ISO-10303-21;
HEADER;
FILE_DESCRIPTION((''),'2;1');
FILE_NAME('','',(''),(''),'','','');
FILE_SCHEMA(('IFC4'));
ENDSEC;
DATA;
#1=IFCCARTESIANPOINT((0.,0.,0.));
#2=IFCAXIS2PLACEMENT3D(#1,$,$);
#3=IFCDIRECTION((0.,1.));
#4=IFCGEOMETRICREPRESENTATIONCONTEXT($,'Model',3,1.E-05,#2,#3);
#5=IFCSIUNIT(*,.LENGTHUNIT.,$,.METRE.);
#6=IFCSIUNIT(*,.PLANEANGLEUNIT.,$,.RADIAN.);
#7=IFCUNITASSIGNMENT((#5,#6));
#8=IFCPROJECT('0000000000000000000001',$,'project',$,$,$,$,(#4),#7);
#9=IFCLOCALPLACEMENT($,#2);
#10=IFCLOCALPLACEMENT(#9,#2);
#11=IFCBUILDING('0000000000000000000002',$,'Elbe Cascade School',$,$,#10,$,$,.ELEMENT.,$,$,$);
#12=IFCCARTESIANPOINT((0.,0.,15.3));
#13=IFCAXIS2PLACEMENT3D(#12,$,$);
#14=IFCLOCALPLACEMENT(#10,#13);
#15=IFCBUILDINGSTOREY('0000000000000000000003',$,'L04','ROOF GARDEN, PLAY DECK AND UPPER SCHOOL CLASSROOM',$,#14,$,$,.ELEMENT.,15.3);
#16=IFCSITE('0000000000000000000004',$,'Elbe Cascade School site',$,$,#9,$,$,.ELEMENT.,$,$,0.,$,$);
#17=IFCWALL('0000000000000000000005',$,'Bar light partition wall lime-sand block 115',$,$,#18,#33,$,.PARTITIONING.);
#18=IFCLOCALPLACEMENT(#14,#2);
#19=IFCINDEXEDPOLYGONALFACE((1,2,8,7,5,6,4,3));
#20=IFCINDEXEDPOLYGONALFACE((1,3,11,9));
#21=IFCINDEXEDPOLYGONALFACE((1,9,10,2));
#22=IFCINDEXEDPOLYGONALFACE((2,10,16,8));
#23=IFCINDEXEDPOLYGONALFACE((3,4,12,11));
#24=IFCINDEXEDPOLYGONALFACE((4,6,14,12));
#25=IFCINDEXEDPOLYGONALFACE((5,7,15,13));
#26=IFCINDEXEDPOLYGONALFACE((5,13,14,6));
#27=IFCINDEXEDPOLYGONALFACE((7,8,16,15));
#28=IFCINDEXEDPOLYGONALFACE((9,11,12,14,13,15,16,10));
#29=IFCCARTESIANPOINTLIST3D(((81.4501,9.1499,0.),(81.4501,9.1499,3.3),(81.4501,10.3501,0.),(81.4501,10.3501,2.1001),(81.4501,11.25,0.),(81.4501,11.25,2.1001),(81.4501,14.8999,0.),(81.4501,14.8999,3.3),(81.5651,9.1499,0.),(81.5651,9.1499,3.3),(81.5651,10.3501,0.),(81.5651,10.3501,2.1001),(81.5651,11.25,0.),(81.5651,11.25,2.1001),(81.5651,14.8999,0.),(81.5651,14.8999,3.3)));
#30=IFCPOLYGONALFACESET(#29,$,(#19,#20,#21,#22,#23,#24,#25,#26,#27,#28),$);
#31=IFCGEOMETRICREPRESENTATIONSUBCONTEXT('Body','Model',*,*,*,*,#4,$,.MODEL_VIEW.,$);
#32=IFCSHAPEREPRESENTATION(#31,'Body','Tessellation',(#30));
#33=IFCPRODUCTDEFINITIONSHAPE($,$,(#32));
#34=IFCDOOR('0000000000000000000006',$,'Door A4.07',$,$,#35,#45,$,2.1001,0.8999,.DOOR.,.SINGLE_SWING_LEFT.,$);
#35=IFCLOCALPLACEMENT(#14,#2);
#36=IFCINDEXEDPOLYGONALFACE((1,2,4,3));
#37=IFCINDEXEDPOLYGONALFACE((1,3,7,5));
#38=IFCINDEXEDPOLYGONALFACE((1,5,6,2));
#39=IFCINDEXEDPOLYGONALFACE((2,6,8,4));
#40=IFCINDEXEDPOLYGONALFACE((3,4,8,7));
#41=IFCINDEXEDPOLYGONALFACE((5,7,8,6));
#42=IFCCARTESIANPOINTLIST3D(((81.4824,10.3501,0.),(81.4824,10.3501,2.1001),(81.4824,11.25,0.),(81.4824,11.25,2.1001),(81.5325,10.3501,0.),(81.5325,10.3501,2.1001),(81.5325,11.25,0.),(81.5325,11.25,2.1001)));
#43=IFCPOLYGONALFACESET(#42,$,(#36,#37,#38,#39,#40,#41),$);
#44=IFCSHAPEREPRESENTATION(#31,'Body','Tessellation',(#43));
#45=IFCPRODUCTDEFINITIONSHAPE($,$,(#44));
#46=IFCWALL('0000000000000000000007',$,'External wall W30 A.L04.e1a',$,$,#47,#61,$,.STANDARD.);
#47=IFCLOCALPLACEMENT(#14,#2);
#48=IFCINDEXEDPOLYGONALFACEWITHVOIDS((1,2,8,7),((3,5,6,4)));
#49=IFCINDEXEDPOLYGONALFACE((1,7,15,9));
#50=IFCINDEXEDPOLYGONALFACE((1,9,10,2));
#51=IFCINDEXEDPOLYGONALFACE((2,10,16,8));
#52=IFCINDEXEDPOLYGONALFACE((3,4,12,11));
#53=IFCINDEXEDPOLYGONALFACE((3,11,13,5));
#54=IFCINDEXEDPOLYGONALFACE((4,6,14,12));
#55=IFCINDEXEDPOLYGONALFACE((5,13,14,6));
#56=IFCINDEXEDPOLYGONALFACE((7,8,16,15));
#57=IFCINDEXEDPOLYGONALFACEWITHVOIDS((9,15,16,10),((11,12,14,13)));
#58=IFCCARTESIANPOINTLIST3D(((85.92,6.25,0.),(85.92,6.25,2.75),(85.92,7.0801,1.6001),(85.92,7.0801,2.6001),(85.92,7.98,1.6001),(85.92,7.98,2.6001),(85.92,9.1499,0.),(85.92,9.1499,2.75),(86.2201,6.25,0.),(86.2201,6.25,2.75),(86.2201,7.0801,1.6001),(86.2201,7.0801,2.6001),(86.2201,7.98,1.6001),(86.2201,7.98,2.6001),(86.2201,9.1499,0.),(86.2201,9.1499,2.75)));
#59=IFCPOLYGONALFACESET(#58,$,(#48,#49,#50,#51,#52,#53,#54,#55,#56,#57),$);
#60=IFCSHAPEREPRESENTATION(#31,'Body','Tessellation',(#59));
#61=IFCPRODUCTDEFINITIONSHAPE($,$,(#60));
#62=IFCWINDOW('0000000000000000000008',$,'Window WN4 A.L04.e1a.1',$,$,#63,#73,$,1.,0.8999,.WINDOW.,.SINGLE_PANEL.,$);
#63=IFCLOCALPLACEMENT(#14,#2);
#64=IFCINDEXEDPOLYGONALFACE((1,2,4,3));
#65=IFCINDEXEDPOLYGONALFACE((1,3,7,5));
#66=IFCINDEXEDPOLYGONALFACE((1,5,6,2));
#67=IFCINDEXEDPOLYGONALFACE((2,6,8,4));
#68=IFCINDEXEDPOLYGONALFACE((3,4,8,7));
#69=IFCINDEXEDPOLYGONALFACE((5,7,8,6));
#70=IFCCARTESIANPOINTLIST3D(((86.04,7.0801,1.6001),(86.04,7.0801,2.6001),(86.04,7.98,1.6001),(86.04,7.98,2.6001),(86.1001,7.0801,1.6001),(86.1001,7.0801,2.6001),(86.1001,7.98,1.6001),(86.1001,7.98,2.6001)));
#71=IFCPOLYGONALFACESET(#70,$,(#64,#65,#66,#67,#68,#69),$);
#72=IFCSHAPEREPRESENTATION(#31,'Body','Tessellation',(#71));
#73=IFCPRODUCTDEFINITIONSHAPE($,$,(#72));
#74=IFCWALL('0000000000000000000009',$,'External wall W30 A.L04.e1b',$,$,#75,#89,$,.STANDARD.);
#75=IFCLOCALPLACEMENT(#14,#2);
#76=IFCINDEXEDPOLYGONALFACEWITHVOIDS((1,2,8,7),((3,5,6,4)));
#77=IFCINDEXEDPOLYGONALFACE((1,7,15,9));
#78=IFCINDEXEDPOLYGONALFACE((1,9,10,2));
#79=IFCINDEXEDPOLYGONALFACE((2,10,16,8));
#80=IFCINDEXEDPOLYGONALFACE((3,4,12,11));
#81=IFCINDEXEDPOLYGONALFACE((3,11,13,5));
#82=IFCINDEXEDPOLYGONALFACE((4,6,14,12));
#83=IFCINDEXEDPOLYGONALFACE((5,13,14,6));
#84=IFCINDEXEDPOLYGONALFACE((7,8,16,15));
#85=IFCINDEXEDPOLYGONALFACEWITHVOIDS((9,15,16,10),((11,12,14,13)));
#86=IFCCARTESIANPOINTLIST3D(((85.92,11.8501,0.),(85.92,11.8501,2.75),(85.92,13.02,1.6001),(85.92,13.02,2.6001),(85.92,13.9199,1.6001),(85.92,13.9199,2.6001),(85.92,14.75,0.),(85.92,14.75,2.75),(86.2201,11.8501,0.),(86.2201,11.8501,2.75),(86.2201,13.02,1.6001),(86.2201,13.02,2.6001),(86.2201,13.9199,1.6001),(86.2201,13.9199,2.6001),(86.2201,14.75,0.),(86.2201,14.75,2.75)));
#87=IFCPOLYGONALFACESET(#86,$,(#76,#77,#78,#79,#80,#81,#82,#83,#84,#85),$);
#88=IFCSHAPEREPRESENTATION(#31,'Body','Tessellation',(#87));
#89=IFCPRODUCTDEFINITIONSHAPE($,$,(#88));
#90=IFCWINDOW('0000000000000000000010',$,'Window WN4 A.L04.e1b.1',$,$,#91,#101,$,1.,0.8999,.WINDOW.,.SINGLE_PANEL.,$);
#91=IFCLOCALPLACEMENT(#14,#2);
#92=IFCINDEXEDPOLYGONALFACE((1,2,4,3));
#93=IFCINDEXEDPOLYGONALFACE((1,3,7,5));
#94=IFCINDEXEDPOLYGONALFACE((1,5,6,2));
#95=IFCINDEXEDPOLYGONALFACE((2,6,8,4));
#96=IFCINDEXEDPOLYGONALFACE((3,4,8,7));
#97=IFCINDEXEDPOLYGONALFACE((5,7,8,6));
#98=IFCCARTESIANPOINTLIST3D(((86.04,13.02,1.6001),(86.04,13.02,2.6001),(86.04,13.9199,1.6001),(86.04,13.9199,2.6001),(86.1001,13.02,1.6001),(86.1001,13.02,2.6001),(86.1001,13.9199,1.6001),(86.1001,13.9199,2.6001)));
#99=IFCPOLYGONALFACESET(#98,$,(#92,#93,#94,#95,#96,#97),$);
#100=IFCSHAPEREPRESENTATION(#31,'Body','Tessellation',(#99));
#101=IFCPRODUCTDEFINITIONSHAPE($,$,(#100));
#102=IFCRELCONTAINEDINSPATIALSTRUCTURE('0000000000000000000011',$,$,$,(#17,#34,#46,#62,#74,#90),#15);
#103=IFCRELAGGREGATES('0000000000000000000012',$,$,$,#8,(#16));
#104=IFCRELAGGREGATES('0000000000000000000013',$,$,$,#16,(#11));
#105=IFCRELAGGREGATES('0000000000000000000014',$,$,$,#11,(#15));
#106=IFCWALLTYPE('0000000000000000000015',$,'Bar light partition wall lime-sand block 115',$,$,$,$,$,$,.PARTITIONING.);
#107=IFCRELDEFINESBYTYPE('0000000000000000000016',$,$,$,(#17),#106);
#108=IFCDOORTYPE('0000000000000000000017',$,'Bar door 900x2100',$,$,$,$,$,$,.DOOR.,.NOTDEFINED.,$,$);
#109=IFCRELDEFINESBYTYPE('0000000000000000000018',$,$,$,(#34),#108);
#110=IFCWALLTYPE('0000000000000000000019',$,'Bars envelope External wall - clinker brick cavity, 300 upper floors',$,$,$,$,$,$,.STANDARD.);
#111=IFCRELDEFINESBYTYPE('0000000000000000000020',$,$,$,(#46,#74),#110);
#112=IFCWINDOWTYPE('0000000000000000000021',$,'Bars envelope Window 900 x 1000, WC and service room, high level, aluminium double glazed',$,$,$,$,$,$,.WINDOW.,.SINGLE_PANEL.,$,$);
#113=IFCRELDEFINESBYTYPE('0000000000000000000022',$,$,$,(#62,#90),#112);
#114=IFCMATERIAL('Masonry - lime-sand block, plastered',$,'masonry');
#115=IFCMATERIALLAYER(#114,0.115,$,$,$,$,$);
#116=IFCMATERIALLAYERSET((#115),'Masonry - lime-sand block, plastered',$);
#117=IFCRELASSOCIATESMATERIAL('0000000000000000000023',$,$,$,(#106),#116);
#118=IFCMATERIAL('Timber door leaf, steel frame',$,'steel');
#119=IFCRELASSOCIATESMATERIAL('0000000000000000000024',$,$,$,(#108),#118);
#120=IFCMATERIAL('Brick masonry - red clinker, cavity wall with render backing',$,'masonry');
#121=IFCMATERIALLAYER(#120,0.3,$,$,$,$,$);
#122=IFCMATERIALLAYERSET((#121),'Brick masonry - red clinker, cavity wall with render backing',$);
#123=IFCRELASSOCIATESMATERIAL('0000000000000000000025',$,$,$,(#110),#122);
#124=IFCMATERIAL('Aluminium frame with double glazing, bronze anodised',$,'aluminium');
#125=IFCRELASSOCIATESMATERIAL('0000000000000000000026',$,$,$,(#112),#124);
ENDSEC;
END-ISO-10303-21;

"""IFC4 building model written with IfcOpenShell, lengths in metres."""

from ifc_helpers import new_model, si_unit, direction, frame, frame_2d, origin, place, context, subcontext, project, spatial, rectangle, extrude, material, layer, layer_set, type_object, element, fill, save


model = new_model("IFC4")

# Units and contexts
model_context = context("Model", 3, precision=1e-05, world=origin(), true_north=direction((0.0, 1.0)))
body_context = subcontext(model_context, "Body", "Model", "MODEL_VIEW")
ifc_project = project(units=[si_unit("LENGTHUNIT", "METRE"), si_unit("PLANEANGLEUNIT", "RADIAN")], contexts=[model_context])

# Site, building, storey
site_placement = place(None, origin())
site = spatial("IfcSite", under=ifc_project, at=site_placement, Name="Elbe Cascade School site", CompositionType="ELEMENT", RefElevation=0.0)
building_placement = place(site_placement, origin())
building = spatial("IfcBuilding", under=site, at=building_placement, Name="Elbe Cascade School", CompositionType="ELEMENT")
storey_placement = place(building_placement, frame((0.0, 0.0, 15.3)))
storey = spatial("IfcBuildingStorey", under=building, at=storey_placement, Name="L04", Description="ROOF GARDEN, PLAY DECK AND UPPER SCHOOL CLASSROOM", CompositionType="ELEMENT", Elevation=15.3)

# Wall, opening, door
ifc_material_1 = material(Name="Masonry - lime-sand block, plastered", Category="masonry")
ifc_layer_1 = layer(ifc_material_1, 0.115)
ifc_layer_set_1 = layer_set([ifc_layer_1], Name="Masonry - lime-sand block, plastered")
wall_type_1 = type_object("IfcWallType", Name="Bar light partition wall lime-sand block 115", PredefinedType="PARTITIONING", material=ifc_layer_set_1)
wall_1_placement = place(storey_placement, frame((81.5076, 14.8999, 0.0), z_axis=(0.0, 0.0, 1.0), x_axis=(0.0, -1.0, 0.0)))
wall_1 = element("IfcWall", 1, at=wall_1_placement, inside=storey, type_object=wall_type_1, Name="Bar light partition wall lime-sand block 115", PredefinedType="PARTITIONING", context=body_context, shape_type="SweptSolid", body=[
    extrude(rectangle(XDim=5.75, YDim=0.115, at=frame_2d((2.875, 0.0))), origin(), (0.0, 0.0, 1.0), 3.3),
])
opening_1_placement = place(wall_1_placement, frame((3.6499, 0.0, 0.0)))
opening_1 = element("IfcOpeningElement", 2, at=opening_1_placement, cuts=wall_1, PredefinedType="OPENING", context=body_context, shape_type="SweptSolid", body=[
    extrude(rectangle(XDim=0.8999, YDim=2.1001, at=frame_2d((0.45, 1.05))), frame((0.0, 0.0674, 0.0), z_axis=(0.0, -1.0, 0.0), x_axis=(1.0, 0.0, 0.0)), (0.0, 0.0, 1.0), 0.135),
])
ifc_material_2 = material(Name="Timber door leaf, steel frame", Category="steel")
door_type = type_object("IfcDoorType", Name="Bar door 900x2100", OperationType="NOTDEFINED", PredefinedType="DOOR", material=ifc_material_2)
door_placement = place(opening_1_placement, origin())
door = element("IfcDoor", 3, at=door_placement, inside=storey, type_object=door_type, Name="Door A4.07", OperationType="SINGLE_SWING_LEFT", OverallHeight=2.1001, OverallWidth=0.8999, PredefinedType="DOOR", context=body_context, shape_type="SweptSolid", body=[
    extrude(rectangle(XDim=0.8999, YDim=2.1001, at=frame_2d((0.45, 1.05))), frame((0.0, 0.0249, 0.0), z_axis=(0.0, -1.0, 0.0), x_axis=(1.0, 0.0, 0.0)), (0.0, 0.0, 1.0), 0.05),
])
fill(opening_1, door)

# Walls, openings, windows
ifc_material_3 = material(Name="Brick masonry - red clinker, cavity wall with render backing", Category="masonry")
ifc_layer_2 = layer(ifc_material_3, 0.3)
ifc_layer_set_2 = layer_set([ifc_layer_2], Name="Brick masonry - red clinker, cavity wall with render backing")
wall_type_2 = type_object("IfcWallType", Name="Bars envelope External wall - clinker brick cavity, 300 upper floors", PredefinedType="STANDARD", material=ifc_layer_set_2)
wall_2_placement = place(storey_placement, frame((86.0701, 9.1499, 0.0), z_axis=(0.0, 0.0, 1.0), x_axis=(0.0, -1.0, 0.0)))
wall_2 = element("IfcWall", 4, at=wall_2_placement, inside=storey, type_object=wall_type_2, Name="External wall W30 A.L04.e1a", PredefinedType="STANDARD", context=body_context, shape_type="SweptSolid", body=[
    extrude(rectangle(XDim=2.8999, YDim=0.3, at=frame_2d((1.45, 0.0))), origin(), (0.0, 0.0, 1.0), 2.75),
])
opening_2_placement = place(wall_2_placement, frame((1.1699, 0.0, 1.6001)))
opening_2 = element("IfcOpeningElement", 5, at=opening_2_placement, cuts=wall_2, PredefinedType="OPENING", context=body_context, shape_type="SweptSolid", body=[
    extrude(rectangle(XDim=0.8999, YDim=1.0, at=frame_2d((0.45, 0.5))), frame((0.0, 0.1599, 0.0), z_axis=(0.0, -1.0, 0.0), x_axis=(1.0, 0.0, 0.0)), (0.0, 0.0, 1.0), 0.3201),
])
ifc_material_4 = material(Name="Aluminium frame with double glazing, bronze anodised", Category="aluminium")
window_type = type_object("IfcWindowType", Name="Bars envelope Window 900 x 1000, WC and service room, high level, aluminium double glazed", PartitioningType="SINGLE_PANEL", PredefinedType="WINDOW", material=ifc_material_4)
window_1_placement = place(opening_2_placement, origin())
window_1 = element("IfcWindow", 6, at=window_1_placement, inside=storey, type_object=window_type, Name="Window WN4 A.L04.e1a.1", OverallHeight=1.0, OverallWidth=0.8999, PartitioningType="SINGLE_PANEL", PredefinedType="WINDOW", context=body_context, shape_type="SweptSolid", body=[
    extrude(rectangle(XDim=0.8999, YDim=1.0, at=frame_2d((0.45, 0.5))), frame((0.0, 0.03, 0.0), z_axis=(0.0, -1.0, 0.0), x_axis=(1.0, 0.0, 0.0)), (0.0, 0.0, 1.0), 0.0601),
])
fill(opening_2, window_1)
wall_3_placement = place(storey_placement, frame((86.0701, 14.75, 0.0), z_axis=(0.0, 0.0, 1.0), x_axis=(0.0, -1.0, 0.0)))
wall_3 = element("IfcWall", 7, at=wall_3_placement, inside=storey, type_object=wall_type_2, Name="External wall W30 A.L04.e1b", PredefinedType="STANDARD", context=body_context, shape_type="SweptSolid", body=[
    extrude(rectangle(XDim=2.8999, YDim=0.3, at=frame_2d((1.45, 0.0))), origin(), (0.0, 0.0, 1.0), 2.75),
])
opening_3_placement = place(wall_3_placement, frame((0.8301, 0.0, 1.6001)))
opening_3 = element("IfcOpeningElement", 8, at=opening_3_placement, cuts=wall_3, PredefinedType="OPENING", context=body_context, shape_type="SweptSolid", body=[
    extrude(rectangle(XDim=0.8999, YDim=1.0, at=frame_2d((0.45, 0.5))), frame((0.0, 0.1599, 0.0), z_axis=(0.0, -1.0, 0.0), x_axis=(1.0, 0.0, 0.0)), (0.0, 0.0, 1.0), 0.3201),
])
window_2_placement = place(opening_3_placement, origin())
window_2 = element("IfcWindow", 9, at=window_2_placement, inside=storey, type_object=window_type, Name="Window WN4 A.L04.e1b.1", OverallHeight=1.0, OverallWidth=0.8999, PartitioningType="SINGLE_PANEL", PredefinedType="WINDOW", context=body_context, shape_type="SweptSolid", body=[
    extrude(rectangle(XDim=0.8999, YDim=1.0, at=frame_2d((0.45, 0.5))), frame((0.0, 0.03, 0.0), z_axis=(0.0, -1.0, 0.0), x_axis=(1.0, 0.0, 0.0)), (0.0, 0.0, 1.0), 0.0601),
])
fill(opening_3, window_2)

save(model, "model.ifc")
